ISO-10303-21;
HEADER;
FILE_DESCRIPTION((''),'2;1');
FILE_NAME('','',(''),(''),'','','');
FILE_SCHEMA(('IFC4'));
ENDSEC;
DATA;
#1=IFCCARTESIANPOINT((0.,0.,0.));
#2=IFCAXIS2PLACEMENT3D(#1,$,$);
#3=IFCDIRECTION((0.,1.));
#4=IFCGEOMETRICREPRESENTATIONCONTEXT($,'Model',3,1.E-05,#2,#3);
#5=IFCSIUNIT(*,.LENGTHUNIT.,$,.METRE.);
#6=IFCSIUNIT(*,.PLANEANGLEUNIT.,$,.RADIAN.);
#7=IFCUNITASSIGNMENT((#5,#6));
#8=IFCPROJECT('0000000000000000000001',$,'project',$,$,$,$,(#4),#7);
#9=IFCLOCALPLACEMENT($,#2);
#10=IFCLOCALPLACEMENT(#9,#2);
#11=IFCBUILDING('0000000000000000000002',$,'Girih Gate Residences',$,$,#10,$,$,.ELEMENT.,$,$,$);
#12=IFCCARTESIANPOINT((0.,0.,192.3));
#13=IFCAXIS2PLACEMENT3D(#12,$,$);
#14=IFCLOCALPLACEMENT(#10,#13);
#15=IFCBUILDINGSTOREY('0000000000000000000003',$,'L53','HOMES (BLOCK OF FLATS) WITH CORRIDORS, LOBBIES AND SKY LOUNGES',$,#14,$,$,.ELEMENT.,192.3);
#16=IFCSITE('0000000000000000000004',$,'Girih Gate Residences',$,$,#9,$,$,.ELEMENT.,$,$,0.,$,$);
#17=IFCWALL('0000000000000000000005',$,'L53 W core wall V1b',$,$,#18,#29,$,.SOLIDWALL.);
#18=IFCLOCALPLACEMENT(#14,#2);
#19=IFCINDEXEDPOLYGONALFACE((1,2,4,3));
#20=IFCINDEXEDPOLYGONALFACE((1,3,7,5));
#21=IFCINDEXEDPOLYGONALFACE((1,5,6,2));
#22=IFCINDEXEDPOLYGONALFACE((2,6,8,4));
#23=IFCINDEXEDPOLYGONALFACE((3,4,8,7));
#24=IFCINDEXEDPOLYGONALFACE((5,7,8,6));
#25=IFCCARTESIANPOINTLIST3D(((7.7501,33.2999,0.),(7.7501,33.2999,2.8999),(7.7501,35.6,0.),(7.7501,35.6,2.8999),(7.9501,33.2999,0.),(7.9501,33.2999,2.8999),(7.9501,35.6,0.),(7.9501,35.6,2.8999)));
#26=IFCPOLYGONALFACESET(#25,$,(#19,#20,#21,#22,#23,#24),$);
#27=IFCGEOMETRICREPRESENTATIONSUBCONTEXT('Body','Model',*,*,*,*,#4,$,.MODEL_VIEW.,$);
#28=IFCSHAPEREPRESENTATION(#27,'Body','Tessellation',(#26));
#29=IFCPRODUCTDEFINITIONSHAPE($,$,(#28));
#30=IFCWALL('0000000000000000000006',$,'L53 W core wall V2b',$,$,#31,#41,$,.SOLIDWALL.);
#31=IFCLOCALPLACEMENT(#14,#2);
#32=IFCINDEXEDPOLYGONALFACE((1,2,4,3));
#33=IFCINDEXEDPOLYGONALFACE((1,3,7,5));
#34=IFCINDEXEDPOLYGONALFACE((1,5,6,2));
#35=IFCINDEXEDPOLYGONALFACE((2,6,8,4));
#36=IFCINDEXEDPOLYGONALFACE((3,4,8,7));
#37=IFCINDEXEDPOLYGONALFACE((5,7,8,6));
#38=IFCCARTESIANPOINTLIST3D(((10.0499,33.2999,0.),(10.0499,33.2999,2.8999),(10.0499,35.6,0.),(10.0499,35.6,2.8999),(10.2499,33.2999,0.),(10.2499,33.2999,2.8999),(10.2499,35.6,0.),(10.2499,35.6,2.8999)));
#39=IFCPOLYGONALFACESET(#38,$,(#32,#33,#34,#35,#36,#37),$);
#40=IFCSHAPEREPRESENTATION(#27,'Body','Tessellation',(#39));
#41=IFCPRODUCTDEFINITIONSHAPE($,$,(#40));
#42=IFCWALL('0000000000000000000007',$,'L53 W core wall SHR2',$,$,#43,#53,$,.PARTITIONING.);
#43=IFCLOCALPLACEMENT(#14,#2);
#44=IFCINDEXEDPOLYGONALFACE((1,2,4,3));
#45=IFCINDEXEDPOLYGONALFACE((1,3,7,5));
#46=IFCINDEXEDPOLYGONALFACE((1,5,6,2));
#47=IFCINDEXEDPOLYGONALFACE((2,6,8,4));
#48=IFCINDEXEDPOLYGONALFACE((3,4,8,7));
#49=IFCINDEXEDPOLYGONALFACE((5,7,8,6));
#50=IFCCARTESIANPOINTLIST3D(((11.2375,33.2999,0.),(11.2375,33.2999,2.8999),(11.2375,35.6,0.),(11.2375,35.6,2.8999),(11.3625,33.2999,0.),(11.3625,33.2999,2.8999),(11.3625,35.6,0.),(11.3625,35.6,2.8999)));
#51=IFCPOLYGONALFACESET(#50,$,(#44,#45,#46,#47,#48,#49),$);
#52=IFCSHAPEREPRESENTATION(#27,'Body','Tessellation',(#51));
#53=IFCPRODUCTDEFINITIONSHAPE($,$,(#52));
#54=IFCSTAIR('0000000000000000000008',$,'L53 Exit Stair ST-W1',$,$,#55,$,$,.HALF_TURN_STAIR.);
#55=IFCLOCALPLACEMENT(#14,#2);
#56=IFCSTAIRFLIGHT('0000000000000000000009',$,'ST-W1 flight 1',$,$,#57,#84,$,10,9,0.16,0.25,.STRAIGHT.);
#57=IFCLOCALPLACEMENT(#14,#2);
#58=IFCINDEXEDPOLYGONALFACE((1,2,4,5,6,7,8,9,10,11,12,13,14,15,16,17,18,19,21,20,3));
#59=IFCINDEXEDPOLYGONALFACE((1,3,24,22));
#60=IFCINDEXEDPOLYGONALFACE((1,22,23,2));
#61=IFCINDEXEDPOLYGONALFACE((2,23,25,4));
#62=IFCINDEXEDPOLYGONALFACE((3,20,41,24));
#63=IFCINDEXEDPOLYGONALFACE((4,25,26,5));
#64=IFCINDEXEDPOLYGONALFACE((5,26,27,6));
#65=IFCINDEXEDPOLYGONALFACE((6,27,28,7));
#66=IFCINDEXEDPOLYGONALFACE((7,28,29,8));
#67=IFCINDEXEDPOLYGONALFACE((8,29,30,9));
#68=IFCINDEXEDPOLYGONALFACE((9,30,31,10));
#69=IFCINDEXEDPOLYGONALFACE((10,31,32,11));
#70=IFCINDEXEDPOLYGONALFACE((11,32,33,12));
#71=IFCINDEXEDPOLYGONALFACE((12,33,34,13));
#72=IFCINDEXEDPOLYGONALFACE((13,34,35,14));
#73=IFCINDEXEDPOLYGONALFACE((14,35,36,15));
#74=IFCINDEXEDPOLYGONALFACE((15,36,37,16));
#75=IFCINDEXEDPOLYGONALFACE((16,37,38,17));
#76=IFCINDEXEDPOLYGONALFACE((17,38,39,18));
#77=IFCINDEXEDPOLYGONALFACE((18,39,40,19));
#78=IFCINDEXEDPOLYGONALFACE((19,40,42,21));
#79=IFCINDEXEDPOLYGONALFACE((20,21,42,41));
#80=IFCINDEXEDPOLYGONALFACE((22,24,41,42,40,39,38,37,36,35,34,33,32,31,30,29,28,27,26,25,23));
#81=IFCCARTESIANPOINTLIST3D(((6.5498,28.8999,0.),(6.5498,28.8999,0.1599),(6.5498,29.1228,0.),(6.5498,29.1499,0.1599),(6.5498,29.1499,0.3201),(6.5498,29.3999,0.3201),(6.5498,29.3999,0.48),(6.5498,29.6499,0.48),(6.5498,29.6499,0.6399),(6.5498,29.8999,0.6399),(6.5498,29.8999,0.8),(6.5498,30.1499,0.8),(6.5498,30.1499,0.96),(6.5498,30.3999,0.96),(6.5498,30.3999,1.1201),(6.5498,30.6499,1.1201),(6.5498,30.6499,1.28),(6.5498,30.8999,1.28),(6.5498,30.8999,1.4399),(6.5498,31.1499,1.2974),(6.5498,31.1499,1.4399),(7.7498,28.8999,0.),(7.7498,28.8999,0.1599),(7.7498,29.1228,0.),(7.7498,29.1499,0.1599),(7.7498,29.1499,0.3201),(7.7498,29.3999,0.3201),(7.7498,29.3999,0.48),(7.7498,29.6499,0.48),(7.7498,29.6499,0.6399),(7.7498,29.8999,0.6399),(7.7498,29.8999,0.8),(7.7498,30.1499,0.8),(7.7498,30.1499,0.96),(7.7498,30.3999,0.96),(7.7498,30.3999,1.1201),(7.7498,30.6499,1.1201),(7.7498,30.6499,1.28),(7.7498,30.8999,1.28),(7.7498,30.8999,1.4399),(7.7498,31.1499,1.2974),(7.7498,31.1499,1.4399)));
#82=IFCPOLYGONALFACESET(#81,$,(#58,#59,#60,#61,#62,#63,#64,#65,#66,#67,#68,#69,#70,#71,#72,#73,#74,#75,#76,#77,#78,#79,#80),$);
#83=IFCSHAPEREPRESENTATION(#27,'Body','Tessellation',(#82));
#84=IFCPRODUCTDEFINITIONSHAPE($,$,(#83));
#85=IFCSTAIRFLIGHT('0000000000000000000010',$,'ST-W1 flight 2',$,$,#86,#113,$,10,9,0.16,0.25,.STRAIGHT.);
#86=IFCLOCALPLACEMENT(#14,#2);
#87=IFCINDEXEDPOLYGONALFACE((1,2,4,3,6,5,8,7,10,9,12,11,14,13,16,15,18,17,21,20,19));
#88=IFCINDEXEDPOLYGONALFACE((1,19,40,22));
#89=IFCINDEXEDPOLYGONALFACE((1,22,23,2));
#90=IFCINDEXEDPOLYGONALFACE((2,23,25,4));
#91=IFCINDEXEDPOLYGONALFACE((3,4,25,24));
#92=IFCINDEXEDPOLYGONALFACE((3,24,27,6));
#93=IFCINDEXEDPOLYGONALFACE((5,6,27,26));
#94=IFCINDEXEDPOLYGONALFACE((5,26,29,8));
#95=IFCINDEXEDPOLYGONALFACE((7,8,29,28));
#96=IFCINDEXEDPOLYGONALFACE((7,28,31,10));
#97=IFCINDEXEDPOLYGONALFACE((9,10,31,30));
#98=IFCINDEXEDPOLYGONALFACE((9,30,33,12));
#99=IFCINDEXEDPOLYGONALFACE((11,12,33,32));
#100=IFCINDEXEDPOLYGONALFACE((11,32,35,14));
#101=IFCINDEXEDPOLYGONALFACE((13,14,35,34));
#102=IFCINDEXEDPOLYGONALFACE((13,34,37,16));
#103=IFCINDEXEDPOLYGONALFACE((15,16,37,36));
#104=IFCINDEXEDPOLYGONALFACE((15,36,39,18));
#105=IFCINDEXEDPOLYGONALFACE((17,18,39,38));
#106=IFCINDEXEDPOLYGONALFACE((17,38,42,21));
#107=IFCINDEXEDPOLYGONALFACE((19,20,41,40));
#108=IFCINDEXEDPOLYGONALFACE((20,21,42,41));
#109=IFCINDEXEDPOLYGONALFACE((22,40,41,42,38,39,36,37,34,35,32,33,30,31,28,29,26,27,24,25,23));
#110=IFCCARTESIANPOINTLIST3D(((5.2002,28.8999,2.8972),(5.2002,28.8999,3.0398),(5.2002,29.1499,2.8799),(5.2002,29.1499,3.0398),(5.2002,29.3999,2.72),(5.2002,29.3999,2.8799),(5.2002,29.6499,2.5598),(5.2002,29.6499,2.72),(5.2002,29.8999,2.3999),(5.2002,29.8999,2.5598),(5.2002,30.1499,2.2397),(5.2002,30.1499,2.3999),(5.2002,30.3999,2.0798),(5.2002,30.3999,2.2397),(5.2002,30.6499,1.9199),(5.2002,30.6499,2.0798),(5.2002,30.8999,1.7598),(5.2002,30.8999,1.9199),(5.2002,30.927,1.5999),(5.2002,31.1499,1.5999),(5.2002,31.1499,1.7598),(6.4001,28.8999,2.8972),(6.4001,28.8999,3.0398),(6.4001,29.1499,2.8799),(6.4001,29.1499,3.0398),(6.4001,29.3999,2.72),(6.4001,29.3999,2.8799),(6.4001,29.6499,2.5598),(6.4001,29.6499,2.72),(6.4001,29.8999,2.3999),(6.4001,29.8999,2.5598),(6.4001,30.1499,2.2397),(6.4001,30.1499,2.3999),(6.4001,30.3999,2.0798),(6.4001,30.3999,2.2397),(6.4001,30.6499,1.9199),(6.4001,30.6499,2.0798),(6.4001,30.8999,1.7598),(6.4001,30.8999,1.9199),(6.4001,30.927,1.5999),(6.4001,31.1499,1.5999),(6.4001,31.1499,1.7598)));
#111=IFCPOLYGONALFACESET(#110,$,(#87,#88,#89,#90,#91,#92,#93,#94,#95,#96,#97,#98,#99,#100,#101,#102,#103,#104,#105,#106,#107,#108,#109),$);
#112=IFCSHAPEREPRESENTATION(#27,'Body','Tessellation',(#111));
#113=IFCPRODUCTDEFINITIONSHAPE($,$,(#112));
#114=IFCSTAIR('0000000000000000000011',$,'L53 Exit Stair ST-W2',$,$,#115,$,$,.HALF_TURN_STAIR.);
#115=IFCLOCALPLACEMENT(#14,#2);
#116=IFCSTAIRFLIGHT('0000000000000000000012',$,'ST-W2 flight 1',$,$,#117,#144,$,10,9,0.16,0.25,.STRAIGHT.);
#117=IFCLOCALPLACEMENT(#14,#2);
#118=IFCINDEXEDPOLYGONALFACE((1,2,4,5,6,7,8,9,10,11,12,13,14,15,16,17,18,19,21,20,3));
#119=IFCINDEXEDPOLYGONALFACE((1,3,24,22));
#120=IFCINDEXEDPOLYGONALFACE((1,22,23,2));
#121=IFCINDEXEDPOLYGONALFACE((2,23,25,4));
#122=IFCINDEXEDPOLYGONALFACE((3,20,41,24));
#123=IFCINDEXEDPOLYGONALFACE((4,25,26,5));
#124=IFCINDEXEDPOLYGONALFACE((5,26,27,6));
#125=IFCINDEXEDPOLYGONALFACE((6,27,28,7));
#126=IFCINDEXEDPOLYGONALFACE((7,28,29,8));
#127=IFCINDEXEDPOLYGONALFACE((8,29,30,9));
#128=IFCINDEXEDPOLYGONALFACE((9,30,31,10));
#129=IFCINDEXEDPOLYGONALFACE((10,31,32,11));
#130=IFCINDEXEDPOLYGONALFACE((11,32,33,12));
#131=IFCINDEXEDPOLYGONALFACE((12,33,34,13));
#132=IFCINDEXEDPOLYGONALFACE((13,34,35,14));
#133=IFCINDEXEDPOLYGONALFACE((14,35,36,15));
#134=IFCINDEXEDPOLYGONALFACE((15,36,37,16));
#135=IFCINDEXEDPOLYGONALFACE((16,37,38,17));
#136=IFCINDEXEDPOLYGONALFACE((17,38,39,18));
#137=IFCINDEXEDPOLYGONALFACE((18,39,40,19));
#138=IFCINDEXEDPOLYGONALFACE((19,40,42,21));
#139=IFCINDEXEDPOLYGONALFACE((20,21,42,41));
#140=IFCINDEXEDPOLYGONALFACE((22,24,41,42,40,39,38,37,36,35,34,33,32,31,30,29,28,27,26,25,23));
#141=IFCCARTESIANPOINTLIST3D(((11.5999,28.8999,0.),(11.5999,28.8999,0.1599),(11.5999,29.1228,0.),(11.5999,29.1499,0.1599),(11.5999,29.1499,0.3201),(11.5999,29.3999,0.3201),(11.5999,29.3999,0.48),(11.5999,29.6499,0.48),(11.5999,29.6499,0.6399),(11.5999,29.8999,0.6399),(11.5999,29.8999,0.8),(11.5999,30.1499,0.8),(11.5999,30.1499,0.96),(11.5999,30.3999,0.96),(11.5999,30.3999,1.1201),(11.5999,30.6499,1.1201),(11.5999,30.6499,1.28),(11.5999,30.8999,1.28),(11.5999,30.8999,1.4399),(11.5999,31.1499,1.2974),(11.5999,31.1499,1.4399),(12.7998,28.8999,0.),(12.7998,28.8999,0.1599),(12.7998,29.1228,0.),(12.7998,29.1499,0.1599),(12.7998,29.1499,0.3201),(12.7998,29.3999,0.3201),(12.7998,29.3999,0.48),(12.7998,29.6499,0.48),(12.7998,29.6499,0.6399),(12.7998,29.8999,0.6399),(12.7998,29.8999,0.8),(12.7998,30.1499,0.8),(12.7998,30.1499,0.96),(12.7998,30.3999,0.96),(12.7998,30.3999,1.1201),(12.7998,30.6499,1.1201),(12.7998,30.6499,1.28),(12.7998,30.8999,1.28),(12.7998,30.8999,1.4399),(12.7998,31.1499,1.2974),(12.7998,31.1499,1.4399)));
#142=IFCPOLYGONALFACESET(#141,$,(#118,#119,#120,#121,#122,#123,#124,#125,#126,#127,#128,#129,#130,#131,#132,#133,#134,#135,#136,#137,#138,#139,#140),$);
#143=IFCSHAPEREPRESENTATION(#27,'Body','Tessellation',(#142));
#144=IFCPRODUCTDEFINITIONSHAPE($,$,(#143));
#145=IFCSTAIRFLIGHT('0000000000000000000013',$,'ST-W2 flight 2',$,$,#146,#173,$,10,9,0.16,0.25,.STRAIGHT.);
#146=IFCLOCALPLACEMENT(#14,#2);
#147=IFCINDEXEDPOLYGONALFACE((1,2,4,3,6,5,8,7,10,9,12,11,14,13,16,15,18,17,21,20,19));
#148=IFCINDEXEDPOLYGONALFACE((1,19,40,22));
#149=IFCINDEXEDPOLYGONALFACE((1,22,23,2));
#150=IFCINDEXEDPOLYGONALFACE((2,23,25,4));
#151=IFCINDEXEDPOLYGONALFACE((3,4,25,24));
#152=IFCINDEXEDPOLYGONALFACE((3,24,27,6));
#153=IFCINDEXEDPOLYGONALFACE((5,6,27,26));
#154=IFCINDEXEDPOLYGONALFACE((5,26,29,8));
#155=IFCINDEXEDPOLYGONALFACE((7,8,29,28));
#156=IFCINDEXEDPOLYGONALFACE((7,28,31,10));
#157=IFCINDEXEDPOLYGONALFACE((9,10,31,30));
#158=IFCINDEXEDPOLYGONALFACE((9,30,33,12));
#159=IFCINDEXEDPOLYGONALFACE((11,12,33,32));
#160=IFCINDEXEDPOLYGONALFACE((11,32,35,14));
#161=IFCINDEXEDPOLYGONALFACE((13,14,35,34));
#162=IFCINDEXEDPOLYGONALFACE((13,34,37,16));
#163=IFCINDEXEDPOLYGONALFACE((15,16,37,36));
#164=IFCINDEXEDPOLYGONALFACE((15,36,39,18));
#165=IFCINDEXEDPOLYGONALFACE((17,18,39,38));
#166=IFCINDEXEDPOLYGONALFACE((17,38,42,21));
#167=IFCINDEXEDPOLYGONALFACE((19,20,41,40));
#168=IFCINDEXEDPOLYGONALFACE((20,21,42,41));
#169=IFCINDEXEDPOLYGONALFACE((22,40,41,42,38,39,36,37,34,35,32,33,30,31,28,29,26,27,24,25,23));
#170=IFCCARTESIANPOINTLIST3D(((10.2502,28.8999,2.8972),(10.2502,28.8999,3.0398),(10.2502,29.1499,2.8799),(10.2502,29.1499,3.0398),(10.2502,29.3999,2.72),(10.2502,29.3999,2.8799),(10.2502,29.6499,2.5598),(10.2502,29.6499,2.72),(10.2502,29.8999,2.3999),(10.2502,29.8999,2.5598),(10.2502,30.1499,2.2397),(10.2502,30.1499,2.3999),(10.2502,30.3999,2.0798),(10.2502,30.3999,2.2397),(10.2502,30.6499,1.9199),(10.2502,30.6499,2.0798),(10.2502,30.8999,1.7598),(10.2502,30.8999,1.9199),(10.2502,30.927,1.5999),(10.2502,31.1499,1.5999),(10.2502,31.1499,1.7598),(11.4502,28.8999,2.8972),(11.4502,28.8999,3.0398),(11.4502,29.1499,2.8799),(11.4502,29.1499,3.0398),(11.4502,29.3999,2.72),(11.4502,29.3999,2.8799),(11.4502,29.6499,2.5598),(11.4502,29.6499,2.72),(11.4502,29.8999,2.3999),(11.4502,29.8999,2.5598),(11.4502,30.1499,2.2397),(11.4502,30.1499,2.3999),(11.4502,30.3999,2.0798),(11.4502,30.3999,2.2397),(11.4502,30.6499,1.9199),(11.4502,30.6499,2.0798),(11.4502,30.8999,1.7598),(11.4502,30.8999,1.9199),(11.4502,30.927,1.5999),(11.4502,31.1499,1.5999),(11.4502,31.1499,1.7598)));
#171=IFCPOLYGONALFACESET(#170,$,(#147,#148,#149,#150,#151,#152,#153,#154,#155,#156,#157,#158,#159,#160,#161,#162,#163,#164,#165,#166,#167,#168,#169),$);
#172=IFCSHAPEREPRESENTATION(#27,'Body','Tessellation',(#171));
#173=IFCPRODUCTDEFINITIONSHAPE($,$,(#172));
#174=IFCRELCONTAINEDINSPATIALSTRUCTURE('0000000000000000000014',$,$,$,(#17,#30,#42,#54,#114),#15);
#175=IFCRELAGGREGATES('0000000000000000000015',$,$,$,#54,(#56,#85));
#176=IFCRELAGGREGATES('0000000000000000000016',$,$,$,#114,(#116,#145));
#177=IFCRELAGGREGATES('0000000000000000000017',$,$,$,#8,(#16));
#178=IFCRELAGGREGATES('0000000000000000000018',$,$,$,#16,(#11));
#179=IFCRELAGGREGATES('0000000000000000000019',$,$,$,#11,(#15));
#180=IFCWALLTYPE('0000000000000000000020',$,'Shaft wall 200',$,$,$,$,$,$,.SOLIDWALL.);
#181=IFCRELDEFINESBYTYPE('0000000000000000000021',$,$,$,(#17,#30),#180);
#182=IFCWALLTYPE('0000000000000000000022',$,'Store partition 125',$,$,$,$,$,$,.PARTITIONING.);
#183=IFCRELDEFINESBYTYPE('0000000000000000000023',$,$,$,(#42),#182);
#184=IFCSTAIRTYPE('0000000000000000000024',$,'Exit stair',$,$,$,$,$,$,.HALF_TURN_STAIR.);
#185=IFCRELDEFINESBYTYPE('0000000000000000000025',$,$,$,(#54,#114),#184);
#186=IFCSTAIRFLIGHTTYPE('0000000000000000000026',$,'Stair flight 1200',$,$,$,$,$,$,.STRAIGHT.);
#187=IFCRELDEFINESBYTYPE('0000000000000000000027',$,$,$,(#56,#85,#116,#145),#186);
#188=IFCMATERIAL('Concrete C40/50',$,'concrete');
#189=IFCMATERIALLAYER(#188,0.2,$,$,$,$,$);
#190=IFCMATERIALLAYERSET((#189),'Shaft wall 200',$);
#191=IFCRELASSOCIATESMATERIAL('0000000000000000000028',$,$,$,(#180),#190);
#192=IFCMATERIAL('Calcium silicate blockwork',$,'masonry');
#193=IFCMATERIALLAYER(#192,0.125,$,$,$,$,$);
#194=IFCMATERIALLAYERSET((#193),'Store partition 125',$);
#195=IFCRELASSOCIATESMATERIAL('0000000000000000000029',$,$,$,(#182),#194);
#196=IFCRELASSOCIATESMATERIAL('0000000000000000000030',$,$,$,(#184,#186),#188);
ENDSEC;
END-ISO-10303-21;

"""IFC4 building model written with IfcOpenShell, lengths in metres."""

from ifc_helpers import new_model, si_unit, direction, frame, frame_2d, origin, place, context, subcontext, project, spatial, polyline, rectangle, outline, extrude, material, layer, layer_set, type_object, element, aggregate, save


model = new_model("IFC4")

# Units and contexts
model_context = context("Model", 3, precision=1e-05, world=origin(), true_north=direction((0.0, 1.0)))
body_context = subcontext(model_context, "Body", "Model", "MODEL_VIEW")
ifc_project = project(units=[si_unit("LENGTHUNIT", "METRE"), si_unit("PLANEANGLEUNIT", "RADIAN")], contexts=[model_context])

# Site, building, storey
site_placement = place(None, origin())
site = spatial("IfcSite", under=ifc_project, at=site_placement, Name="Girih Gate Residences", CompositionType="ELEMENT", RefElevation=0.0)
building_placement = place(site_placement, origin())
building = spatial("IfcBuilding", under=site, at=building_placement, Name="Girih Gate Residences", CompositionType="ELEMENT")
storey_placement = place(building_placement, frame((0.0, 0.0, 192.3)))
storey = spatial("IfcBuildingStorey", under=building, at=storey_placement, Name="L53", Description="HOMES (BLOCK OF FLATS) WITH CORRIDORS, LOBBIES AND SKY LOUNGES", CompositionType="ELEMENT", Elevation=192.3)

# Shared definitions
ifc_material_1 = material(Name="Concrete C40/50", Category="concrete")

# Shared definitions
ifc_layer_1 = layer(ifc_material_1, 0.2)
ifc_layer_set_1 = layer_set([ifc_layer_1], Name="Shaft wall 200")
wall_type_1 = type_object("IfcWallType", Name="Shaft wall 200", PredefinedType="SOLIDWALL", material=ifc_layer_set_1)

# Walls
for number, where, z_axis, x_axis, name in (
    (1, (7.8501, 33.3, 0.0), (0.0, 0.0, 1.0), (0.0, 1.0, 0.0), "L53 W core wall V1b"),
    (2, (10.1499, 33.3, 0.0), (0.0, 0.0, 1.0), (0.0, 1.0, 0.0), "L53 W core wall V2b"),
):
    element("IfcWall", number, at=place(storey_placement, frame(where, z_axis=z_axis, x_axis=x_axis)), inside=storey, type_object=wall_type_1, Name=name, PredefinedType="SOLIDWALL", context=body_context, shape_type="SweptSolid", body=[
        extrude(rectangle(XDim=2.3, YDim=0.2, at=frame_2d((1.1499, 0.0))), origin(), (0.0, 0.0, 1.0), 2.8999),
    ])
ifc_material_2 = material(Name="Calcium silicate blockwork", Category="masonry")
ifc_layer_2 = layer(ifc_material_2, 0.125)
ifc_layer_set_2 = layer_set([ifc_layer_2], Name="Store partition 125")
wall_type_2 = type_object("IfcWallType", Name="Store partition 125", PredefinedType="PARTITIONING", material=ifc_layer_set_2)
wall_1_placement = place(storey_placement, frame((11.3, 33.3, 0.0), z_axis=(0.0, 0.0, 1.0), x_axis=(0.0, 1.0, 0.0)))
element("IfcWall", 3, at=wall_1_placement, inside=storey, type_object=wall_type_2, Name="L53 W core wall SHR2", PredefinedType="PARTITIONING", context=body_context, shape_type="SweptSolid", body=[
    extrude(rectangle(XDim=2.3, YDim=0.125, at=frame_2d((1.1499, 0.0))), origin(), (0.0, 0.0, 1.0), 2.8999),
])

# Stairs, stair flights
stair_type = type_object("IfcStairType", Name="Exit stair", PredefinedType="HALF_TURN_STAIR", material=ifc_material_1)
stair_1_placement = place(storey_placement, origin())
stair_1 = element("IfcStair", 4, at=stair_1_placement, inside=storey, type_object=stair_type, Name="L53 Exit Stair ST-W1", PredefinedType="HALF_TURN_STAIR")
stair_flight_type = type_object("IfcStairFlightType", Name="Stair flight 1200", PredefinedType="STRAIGHT", material=ifc_material_1)
stair_flight_1_placement = place(storey_placement, frame((7.1499, 28.8999, 0.0), z_axis=(0.0, 0.0, 1.0), x_axis=(0.0, 1.0, 0.0)))
stair_flight_1 = element("IfcStairFlight", 5, at=stair_flight_1_placement, type_object=stair_flight_type, Name="ST-W1 flight 1", NumberOfRisers=10, NumberOfTreads=9, PredefinedType="STRAIGHT", RiserHeight=0.16, TreadLength=0.25, context=body_context, shape_type="SweptSolid", body=[
    extrude(outline(polyline([(0.0, 0.0), (0.0, 0.1599), (0.25, 0.1599), (0.25, 0.3201), (0.5, 0.3201), (0.5, 0.48), (0.75, 0.48), (0.75, 0.6399), (1.0, 0.6399), (1.0, 0.8), (1.25, 0.8), (1.25, 0.96), (1.5, 0.96), (1.5, 1.1201), (1.75, 1.1201), (1.75, 1.28), (2.0, 1.28), (2.0, 1.4399), (2.25, 1.4399), (2.25, 1.6001), (2.25, 1.2974), (0.2229, 0.0), (0.0, 0.0)])), frame((0.0, 0.6001, 0.0), z_axis=(0.0, -1.0, 0.0), x_axis=(1.0, 0.0, 0.0)), (0.0, 0.0, 1.0), 1.2),
])
stair_flight_2_placement = place(storey_placement, frame((5.8, 31.1499, 1.5999), z_axis=(0.0, 0.0, 1.0), x_axis=(0.0, -1.0, 0.0)))
stair_flight_2 = element("IfcStairFlight", 6, at=stair_flight_2_placement, type_object=stair_flight_type, Name="ST-W1 flight 2", NumberOfRisers=10, NumberOfTreads=9, PredefinedType="STRAIGHT", RiserHeight=0.16, TreadLength=0.25, context=body_context, shape_type="SweptSolid", body=[
    extrude(outline(polyline([(0.0, 0.0), (0.0, 0.1599), (0.25, 0.1599), (0.25, 0.3201), (0.5, 0.3201), (0.5, 0.48), (0.75, 0.48), (0.75, 0.6399), (1.0, 0.6399), (1.0, 0.8), (1.25, 0.8), (1.25, 0.96), (1.5, 0.96), (1.5, 1.1201), (1.75, 1.1201), (1.75, 1.28), (2.0, 1.28), (2.0, 1.4399), (2.25, 1.4399), (2.25, 1.6001), (2.25, 1.2974), (0.2229, 0.0), (0.0, 0.0)])), frame((0.0, 0.6001, 0.0), z_axis=(0.0, -1.0, 0.0), x_axis=(1.0, 0.0, 0.0)), (0.0, 0.0, 1.0), 1.2),
])
aggregate(stair_1, [stair_flight_1, stair_flight_2])
stair_2_placement = place(storey_placement, origin())
stair_2 = element("IfcStair", 7, at=stair_2_placement, inside=storey, type_object=stair_type, Name="L53 Exit Stair ST-W2", PredefinedType="HALF_TURN_STAIR")
stair_flight_3_placement = place(storey_placement, frame((12.2, 28.8999, 0.0), z_axis=(0.0, 0.0, 1.0), x_axis=(0.0, 1.0, 0.0)))
stair_flight_3 = element("IfcStairFlight", 8, at=stair_flight_3_placement, type_object=stair_flight_type, Name="ST-W2 flight 1", NumberOfRisers=10, NumberOfTreads=9, PredefinedType="STRAIGHT", RiserHeight=0.16, TreadLength=0.25, context=body_context, shape_type="SweptSolid", body=[
    extrude(outline(polyline([(0.0, 0.0), (0.0, 0.1599), (0.25, 0.1599), (0.25, 0.3201), (0.5, 0.3201), (0.5, 0.48), (0.75, 0.48), (0.75, 0.6399), (1.0, 0.6399), (1.0, 0.8), (1.25, 0.8), (1.25, 0.96), (1.5, 0.96), (1.5, 1.1201), (1.75, 1.1201), (1.75, 1.28), (2.0, 1.28), (2.0, 1.4399), (2.25, 1.4399), (2.25, 1.6001), (2.25, 1.2974), (0.2229, 0.0), (0.0, 0.0)])), frame((0.0, 0.6001, 0.0), z_axis=(0.0, -1.0, 0.0), x_axis=(1.0, 0.0, 0.0)), (0.0, 0.0, 1.0), 1.2),
])
stair_flight_4_placement = place(storey_placement, frame((10.8501, 31.1499, 1.5999), z_axis=(0.0, 0.0, 1.0), x_axis=(0.0, -1.0, 0.0)))
stair_flight_4 = element("IfcStairFlight", 9, at=stair_flight_4_placement, type_object=stair_flight_type, Name="ST-W2 flight 2", NumberOfRisers=10, NumberOfTreads=9, PredefinedType="STRAIGHT", RiserHeight=0.16, TreadLength=0.25, context=body_context, shape_type="SweptSolid", body=[
    extrude(outline(polyline([(0.0, 0.0), (0.0, 0.1599), (0.25, 0.1599), (0.25, 0.3201), (0.5, 0.3201), (0.5, 0.48), (0.75, 0.48), (0.75, 0.6399), (1.0, 0.6399), (1.0, 0.8), (1.25, 0.8), (1.25, 0.96), (1.5, 0.96), (1.5, 1.1201), (1.75, 1.1201), (1.75, 1.28), (2.0, 1.28), (2.0, 1.4399), (2.25, 1.4399), (2.25, 1.6001), (2.25, 1.2974), (0.2229, 0.0), (0.0, 0.0)])), frame((0.0, 0.6001, 0.0), z_axis=(0.0, -1.0, 0.0), x_axis=(1.0, 0.0, 0.0)), (0.0, 0.0, 1.0), 1.2),
])
aggregate(stair_2, [stair_flight_3, stair_flight_4])

save(model, "model.ifc")
